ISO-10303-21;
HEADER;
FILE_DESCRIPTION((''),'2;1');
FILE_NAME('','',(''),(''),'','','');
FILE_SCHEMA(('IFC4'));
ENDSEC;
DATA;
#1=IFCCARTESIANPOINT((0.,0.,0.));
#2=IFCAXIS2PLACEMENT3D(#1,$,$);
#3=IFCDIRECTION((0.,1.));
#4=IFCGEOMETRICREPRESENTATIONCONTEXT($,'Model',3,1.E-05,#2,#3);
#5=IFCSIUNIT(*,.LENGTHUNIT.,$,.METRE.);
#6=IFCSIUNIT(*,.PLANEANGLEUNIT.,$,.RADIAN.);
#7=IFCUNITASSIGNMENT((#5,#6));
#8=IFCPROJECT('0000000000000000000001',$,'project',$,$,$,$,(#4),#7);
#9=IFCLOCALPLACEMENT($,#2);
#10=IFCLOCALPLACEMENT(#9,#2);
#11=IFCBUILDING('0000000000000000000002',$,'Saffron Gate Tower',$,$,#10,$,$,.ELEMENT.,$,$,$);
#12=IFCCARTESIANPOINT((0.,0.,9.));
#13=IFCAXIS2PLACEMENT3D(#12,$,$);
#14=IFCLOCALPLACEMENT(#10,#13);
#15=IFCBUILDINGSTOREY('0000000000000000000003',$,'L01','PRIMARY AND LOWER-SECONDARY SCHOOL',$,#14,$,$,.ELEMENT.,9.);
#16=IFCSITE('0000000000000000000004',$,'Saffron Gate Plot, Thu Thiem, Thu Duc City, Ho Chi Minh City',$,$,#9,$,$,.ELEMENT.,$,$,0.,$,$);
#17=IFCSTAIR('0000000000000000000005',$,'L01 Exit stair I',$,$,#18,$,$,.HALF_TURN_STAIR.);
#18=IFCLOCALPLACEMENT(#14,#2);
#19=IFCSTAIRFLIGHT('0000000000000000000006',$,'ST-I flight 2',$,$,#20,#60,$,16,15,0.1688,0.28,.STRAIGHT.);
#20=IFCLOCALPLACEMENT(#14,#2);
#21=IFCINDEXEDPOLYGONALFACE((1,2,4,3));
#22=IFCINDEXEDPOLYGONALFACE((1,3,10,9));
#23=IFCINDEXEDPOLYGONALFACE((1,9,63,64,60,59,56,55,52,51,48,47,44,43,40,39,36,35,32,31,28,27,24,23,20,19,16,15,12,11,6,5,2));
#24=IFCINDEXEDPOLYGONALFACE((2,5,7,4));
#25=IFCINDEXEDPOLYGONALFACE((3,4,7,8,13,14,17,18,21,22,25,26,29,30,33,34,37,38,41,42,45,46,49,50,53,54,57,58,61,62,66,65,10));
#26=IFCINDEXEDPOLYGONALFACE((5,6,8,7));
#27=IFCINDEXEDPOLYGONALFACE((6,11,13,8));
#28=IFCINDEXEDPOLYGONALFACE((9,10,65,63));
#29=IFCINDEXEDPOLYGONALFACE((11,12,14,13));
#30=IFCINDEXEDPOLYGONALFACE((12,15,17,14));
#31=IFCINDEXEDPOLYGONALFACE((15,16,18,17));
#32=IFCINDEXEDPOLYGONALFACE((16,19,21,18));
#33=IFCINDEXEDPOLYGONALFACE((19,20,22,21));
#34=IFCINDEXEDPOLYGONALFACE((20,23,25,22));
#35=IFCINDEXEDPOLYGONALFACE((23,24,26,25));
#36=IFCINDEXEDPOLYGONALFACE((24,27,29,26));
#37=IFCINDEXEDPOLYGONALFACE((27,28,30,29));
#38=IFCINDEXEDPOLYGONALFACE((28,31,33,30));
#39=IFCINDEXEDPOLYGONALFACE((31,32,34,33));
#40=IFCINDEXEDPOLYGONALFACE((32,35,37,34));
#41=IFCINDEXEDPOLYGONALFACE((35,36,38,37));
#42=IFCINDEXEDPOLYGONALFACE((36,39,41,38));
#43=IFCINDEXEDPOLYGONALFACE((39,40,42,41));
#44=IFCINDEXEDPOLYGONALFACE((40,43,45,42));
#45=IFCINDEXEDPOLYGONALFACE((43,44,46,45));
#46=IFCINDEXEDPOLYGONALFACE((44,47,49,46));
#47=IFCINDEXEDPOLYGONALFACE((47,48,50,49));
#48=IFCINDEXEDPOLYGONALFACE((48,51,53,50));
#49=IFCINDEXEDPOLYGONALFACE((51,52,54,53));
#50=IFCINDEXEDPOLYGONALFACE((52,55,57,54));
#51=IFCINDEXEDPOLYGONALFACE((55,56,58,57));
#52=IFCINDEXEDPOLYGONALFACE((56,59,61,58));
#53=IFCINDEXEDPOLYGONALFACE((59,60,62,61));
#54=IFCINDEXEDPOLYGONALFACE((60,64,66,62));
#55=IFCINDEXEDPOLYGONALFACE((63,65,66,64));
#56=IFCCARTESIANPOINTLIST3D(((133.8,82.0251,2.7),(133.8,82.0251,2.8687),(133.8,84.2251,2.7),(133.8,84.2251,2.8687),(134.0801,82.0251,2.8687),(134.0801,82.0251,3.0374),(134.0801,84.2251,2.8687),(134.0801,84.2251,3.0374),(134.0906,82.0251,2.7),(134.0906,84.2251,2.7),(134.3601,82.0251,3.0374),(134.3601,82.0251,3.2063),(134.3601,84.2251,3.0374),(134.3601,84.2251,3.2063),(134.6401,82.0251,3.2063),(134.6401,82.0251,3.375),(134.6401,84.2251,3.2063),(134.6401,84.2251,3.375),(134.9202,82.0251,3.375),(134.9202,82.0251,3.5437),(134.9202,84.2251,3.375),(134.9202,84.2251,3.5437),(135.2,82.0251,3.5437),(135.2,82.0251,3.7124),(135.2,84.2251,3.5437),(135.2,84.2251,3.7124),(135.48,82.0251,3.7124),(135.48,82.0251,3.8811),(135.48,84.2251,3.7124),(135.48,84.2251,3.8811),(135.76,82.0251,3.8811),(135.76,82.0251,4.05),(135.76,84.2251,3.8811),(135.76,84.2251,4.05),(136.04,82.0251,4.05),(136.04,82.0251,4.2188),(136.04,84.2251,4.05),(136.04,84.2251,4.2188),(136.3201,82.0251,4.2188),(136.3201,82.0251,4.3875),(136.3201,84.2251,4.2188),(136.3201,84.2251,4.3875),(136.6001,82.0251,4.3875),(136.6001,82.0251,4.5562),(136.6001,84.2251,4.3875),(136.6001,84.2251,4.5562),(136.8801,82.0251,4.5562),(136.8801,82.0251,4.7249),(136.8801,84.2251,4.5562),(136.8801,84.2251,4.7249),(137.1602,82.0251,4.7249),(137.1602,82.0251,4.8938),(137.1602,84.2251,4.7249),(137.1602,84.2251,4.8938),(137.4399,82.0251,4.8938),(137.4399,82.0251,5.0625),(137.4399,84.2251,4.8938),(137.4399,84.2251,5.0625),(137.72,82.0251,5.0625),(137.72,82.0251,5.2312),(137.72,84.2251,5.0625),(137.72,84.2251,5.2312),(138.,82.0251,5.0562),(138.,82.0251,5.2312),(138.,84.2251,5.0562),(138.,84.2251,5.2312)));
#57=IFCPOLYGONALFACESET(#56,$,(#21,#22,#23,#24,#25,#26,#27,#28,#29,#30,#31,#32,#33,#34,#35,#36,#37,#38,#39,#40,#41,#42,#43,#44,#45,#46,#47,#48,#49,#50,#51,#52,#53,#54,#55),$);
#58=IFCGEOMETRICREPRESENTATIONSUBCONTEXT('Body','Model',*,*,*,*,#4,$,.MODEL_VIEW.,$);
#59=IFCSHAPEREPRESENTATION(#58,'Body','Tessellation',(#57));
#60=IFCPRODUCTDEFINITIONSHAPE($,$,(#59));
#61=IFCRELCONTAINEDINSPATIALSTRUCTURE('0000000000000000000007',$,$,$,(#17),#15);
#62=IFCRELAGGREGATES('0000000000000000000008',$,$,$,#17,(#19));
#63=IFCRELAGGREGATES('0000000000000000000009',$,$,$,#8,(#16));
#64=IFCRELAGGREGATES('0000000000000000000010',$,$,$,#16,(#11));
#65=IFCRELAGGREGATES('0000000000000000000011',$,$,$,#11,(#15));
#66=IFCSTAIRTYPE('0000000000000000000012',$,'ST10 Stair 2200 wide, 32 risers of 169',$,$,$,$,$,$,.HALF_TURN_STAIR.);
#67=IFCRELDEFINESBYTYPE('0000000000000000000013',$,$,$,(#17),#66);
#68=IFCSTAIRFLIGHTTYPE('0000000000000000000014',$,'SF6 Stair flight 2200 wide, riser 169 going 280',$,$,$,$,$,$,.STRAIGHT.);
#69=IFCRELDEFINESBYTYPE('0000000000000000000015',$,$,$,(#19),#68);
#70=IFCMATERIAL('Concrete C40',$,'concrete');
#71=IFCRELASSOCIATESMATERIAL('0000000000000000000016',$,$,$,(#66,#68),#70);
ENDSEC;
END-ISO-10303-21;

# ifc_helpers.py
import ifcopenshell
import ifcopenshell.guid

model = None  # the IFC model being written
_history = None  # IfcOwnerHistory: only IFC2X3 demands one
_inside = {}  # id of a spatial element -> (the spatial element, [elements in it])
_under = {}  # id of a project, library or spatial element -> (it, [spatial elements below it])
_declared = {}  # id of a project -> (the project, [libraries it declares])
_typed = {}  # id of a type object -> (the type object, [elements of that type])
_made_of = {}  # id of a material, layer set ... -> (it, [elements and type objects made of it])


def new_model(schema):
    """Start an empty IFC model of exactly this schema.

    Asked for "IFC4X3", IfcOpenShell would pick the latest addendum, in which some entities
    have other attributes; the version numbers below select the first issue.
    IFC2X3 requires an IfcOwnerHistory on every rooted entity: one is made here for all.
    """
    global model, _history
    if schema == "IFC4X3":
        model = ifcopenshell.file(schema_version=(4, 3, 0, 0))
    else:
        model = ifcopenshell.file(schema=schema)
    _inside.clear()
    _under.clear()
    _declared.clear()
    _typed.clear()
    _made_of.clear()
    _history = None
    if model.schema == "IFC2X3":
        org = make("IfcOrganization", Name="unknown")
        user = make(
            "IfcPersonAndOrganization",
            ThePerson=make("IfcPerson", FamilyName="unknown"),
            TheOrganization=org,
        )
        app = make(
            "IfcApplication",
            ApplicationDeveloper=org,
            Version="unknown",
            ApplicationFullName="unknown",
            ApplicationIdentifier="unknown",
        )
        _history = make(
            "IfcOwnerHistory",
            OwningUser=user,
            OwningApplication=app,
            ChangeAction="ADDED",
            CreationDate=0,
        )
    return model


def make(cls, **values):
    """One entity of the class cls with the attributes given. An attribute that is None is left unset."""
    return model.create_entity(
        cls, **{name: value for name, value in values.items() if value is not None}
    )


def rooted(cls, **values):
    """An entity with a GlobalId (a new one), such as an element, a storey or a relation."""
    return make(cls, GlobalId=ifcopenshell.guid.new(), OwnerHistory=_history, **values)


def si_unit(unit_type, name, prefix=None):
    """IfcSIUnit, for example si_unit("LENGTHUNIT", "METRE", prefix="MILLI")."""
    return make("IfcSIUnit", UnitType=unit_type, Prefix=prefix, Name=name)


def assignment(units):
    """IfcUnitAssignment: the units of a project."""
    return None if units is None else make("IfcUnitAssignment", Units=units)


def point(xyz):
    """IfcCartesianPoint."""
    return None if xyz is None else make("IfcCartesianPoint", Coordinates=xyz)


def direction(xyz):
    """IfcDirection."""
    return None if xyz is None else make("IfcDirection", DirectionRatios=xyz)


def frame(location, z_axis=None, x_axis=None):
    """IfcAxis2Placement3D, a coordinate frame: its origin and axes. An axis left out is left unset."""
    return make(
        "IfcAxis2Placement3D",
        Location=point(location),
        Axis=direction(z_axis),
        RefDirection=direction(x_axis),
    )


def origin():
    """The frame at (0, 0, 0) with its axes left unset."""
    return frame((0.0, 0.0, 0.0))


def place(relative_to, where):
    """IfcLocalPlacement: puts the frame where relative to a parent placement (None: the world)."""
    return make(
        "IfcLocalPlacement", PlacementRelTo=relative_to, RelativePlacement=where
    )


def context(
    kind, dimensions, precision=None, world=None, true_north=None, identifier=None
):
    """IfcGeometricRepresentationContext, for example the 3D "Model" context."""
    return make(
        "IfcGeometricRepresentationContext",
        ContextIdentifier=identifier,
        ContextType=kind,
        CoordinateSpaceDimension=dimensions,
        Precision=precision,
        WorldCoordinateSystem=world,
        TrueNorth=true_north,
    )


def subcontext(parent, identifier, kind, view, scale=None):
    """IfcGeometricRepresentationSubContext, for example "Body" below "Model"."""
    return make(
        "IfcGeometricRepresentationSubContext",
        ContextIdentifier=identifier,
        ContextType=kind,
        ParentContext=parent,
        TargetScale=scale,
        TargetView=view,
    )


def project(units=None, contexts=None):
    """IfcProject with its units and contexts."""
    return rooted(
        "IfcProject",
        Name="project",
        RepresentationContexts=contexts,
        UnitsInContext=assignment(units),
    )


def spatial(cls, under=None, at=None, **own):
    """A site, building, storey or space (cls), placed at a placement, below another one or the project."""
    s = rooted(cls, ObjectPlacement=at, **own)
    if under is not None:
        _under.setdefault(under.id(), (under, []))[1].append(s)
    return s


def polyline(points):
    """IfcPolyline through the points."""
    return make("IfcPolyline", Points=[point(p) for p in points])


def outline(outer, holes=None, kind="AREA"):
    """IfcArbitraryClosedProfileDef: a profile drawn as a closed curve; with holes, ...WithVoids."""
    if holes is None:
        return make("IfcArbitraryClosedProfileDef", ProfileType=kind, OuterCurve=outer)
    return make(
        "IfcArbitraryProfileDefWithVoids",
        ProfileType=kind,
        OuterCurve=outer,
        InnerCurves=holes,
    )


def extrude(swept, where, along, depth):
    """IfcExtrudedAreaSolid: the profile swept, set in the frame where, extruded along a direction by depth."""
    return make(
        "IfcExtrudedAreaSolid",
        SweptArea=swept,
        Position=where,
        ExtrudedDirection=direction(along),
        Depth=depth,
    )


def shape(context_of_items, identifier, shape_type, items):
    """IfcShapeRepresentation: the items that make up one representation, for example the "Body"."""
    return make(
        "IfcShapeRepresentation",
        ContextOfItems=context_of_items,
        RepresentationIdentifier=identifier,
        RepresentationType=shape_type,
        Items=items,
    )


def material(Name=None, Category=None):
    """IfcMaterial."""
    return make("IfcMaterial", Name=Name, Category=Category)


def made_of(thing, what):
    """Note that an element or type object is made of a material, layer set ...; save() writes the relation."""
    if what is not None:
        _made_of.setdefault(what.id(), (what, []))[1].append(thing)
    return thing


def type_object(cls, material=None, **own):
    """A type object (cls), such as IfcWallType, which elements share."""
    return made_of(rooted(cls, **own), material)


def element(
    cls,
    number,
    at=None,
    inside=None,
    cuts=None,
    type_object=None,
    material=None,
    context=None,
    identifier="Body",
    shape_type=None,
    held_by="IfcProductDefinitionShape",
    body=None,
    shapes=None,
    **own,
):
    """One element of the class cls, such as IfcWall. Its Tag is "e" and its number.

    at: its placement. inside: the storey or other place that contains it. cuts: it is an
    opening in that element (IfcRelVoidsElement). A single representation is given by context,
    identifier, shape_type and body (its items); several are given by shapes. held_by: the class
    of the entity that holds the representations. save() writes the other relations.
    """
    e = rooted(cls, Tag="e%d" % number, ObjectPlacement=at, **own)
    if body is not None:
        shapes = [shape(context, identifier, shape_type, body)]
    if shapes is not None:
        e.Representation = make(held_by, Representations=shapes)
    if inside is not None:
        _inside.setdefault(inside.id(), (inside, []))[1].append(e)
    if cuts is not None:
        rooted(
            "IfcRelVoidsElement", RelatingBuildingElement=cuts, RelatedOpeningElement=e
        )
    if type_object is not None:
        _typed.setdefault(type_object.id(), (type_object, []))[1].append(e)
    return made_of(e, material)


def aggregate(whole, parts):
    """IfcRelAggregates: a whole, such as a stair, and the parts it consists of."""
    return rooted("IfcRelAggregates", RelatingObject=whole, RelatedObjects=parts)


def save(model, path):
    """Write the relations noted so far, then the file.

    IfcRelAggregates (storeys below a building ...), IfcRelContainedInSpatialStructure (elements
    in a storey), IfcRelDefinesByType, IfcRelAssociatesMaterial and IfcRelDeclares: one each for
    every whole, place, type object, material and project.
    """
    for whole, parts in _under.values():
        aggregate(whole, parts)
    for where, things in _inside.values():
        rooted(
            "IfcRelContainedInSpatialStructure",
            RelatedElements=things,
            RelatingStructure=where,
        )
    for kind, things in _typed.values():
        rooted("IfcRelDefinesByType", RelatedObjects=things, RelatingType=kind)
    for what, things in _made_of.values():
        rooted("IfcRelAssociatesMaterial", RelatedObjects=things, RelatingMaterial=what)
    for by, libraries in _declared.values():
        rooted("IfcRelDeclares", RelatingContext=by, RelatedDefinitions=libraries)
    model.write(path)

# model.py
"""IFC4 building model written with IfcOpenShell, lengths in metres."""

from ifc_helpers import new_model, si_unit, direction, frame, origin, place, context, subcontext, project, spatial, polyline, outline, extrude, material, type_object, element, aggregate, save


model = new_model("IFC4")

# Units and contexts
model_context = context("Model", 3, precision=1e-05, world=origin(), true_north=direction((0.0, 1.0)))
body_context = subcontext(model_context, "Body", "Model", "MODEL_VIEW")
ifc_project = project(units=[si_unit("LENGTHUNIT", "METRE"), si_unit("PLANEANGLEUNIT", "RADIAN")], contexts=[model_context])

# Site, building, storey
site_placement = place(None, origin())
site = spatial("IfcSite", under=ifc_project, at=site_placement, Name="Saffron Gate Plot, Thu Thiem, Thu Duc City, Ho Chi Minh City", CompositionType="ELEMENT", RefElevation=0.0)
building_placement = place(site_placement, origin())
building = spatial("IfcBuilding", under=site, at=building_placement, Name="Saffron Gate Tower", CompositionType="ELEMENT")
storey_placement = place(building_placement, frame((0.0, 0.0, 9.0)))
storey = spatial("IfcBuildingStorey", under=building, at=storey_placement, Name="L01", Description="PRIMARY AND LOWER-SECONDARY SCHOOL", CompositionType="ELEMENT", Elevation=9.0)

# Stair, stair flight
ifc_material_1 = material(Name="Concrete C40", Category="concrete")
stair_type = type_object("IfcStairType", Name="ST10 Stair 2200 wide, 32 risers of 169", PredefinedType="HALF_TURN_STAIR", material=ifc_material_1)
stair_placement = place(storey_placement, origin())
stair = element("IfcStair", 1, at=stair_placement, inside=storey, type_object=stair_type, Name="L01 Exit stair I", PredefinedType="HALF_TURN_STAIR")
stair_flight_type = type_object("IfcStairFlightType", Name="SF6 Stair flight 2200 wide, riser 169 going 280", PredefinedType="STRAIGHT", material=ifc_material_1)
stair_flight_1_placement = place(storey_placement, frame((133.8, 83.125, 2.7), z_axis=(0.0, 0.0, 1.0), x_axis=(1.0, 0.0, 0.0)))
stair_flight_1 = element("IfcStairFlight", 2, at=stair_flight_1_placement, type_object=stair_flight_type, Name="ST-I flight 2", NumberOfRisers=16, NumberOfTreads=15, PredefinedType="STRAIGHT", RiserHeight=0.1688, TreadLength=0.28, context=body_context, shape_type="SweptSolid", body=[
    extrude(outline(polyline([(0.0, 0.0), (0.0, 0.1687), (0.28, 0.1687), (0.28, 0.3374), (0.5601, 0.3374), (0.5601, 0.5063), (0.8401, 0.5063), (0.8401, 0.675), (1.1201, 0.675), (1.1201, 0.8438), (1.3999, 0.8438), (1.3999, 1.0125), (1.6799, 1.0125), (1.6799, 1.1812), (1.96, 1.1812), (1.96, 1.3501), (2.24, 1.3501), (2.24, 1.5188), (2.52, 1.5188), (2.52, 1.6875), (2.8, 1.6875), (2.8, 1.8562), (3.0801, 1.8562), (3.0801, 2.0249), (3.3601, 2.0249), (3.3601, 2.1938), (3.6399, 2.1938), (3.6399, 2.3625), (3.9199, 2.3625), (3.9199, 2.5312), (4.2, 2.5312), (4.2, 2.7), (4.2, 2.3562), (0.2905, 0.0), (0.0, 0.0)])), frame((0.0, 1.1001, 0.0), z_axis=(0.0, -1.0, 0.0), x_axis=(1.0, 0.0, 0.0)), (0.0, 0.0, 1.0), 2.2),
])
aggregate(stair, [stair_flight_1])

save(model, "model.ifc")
